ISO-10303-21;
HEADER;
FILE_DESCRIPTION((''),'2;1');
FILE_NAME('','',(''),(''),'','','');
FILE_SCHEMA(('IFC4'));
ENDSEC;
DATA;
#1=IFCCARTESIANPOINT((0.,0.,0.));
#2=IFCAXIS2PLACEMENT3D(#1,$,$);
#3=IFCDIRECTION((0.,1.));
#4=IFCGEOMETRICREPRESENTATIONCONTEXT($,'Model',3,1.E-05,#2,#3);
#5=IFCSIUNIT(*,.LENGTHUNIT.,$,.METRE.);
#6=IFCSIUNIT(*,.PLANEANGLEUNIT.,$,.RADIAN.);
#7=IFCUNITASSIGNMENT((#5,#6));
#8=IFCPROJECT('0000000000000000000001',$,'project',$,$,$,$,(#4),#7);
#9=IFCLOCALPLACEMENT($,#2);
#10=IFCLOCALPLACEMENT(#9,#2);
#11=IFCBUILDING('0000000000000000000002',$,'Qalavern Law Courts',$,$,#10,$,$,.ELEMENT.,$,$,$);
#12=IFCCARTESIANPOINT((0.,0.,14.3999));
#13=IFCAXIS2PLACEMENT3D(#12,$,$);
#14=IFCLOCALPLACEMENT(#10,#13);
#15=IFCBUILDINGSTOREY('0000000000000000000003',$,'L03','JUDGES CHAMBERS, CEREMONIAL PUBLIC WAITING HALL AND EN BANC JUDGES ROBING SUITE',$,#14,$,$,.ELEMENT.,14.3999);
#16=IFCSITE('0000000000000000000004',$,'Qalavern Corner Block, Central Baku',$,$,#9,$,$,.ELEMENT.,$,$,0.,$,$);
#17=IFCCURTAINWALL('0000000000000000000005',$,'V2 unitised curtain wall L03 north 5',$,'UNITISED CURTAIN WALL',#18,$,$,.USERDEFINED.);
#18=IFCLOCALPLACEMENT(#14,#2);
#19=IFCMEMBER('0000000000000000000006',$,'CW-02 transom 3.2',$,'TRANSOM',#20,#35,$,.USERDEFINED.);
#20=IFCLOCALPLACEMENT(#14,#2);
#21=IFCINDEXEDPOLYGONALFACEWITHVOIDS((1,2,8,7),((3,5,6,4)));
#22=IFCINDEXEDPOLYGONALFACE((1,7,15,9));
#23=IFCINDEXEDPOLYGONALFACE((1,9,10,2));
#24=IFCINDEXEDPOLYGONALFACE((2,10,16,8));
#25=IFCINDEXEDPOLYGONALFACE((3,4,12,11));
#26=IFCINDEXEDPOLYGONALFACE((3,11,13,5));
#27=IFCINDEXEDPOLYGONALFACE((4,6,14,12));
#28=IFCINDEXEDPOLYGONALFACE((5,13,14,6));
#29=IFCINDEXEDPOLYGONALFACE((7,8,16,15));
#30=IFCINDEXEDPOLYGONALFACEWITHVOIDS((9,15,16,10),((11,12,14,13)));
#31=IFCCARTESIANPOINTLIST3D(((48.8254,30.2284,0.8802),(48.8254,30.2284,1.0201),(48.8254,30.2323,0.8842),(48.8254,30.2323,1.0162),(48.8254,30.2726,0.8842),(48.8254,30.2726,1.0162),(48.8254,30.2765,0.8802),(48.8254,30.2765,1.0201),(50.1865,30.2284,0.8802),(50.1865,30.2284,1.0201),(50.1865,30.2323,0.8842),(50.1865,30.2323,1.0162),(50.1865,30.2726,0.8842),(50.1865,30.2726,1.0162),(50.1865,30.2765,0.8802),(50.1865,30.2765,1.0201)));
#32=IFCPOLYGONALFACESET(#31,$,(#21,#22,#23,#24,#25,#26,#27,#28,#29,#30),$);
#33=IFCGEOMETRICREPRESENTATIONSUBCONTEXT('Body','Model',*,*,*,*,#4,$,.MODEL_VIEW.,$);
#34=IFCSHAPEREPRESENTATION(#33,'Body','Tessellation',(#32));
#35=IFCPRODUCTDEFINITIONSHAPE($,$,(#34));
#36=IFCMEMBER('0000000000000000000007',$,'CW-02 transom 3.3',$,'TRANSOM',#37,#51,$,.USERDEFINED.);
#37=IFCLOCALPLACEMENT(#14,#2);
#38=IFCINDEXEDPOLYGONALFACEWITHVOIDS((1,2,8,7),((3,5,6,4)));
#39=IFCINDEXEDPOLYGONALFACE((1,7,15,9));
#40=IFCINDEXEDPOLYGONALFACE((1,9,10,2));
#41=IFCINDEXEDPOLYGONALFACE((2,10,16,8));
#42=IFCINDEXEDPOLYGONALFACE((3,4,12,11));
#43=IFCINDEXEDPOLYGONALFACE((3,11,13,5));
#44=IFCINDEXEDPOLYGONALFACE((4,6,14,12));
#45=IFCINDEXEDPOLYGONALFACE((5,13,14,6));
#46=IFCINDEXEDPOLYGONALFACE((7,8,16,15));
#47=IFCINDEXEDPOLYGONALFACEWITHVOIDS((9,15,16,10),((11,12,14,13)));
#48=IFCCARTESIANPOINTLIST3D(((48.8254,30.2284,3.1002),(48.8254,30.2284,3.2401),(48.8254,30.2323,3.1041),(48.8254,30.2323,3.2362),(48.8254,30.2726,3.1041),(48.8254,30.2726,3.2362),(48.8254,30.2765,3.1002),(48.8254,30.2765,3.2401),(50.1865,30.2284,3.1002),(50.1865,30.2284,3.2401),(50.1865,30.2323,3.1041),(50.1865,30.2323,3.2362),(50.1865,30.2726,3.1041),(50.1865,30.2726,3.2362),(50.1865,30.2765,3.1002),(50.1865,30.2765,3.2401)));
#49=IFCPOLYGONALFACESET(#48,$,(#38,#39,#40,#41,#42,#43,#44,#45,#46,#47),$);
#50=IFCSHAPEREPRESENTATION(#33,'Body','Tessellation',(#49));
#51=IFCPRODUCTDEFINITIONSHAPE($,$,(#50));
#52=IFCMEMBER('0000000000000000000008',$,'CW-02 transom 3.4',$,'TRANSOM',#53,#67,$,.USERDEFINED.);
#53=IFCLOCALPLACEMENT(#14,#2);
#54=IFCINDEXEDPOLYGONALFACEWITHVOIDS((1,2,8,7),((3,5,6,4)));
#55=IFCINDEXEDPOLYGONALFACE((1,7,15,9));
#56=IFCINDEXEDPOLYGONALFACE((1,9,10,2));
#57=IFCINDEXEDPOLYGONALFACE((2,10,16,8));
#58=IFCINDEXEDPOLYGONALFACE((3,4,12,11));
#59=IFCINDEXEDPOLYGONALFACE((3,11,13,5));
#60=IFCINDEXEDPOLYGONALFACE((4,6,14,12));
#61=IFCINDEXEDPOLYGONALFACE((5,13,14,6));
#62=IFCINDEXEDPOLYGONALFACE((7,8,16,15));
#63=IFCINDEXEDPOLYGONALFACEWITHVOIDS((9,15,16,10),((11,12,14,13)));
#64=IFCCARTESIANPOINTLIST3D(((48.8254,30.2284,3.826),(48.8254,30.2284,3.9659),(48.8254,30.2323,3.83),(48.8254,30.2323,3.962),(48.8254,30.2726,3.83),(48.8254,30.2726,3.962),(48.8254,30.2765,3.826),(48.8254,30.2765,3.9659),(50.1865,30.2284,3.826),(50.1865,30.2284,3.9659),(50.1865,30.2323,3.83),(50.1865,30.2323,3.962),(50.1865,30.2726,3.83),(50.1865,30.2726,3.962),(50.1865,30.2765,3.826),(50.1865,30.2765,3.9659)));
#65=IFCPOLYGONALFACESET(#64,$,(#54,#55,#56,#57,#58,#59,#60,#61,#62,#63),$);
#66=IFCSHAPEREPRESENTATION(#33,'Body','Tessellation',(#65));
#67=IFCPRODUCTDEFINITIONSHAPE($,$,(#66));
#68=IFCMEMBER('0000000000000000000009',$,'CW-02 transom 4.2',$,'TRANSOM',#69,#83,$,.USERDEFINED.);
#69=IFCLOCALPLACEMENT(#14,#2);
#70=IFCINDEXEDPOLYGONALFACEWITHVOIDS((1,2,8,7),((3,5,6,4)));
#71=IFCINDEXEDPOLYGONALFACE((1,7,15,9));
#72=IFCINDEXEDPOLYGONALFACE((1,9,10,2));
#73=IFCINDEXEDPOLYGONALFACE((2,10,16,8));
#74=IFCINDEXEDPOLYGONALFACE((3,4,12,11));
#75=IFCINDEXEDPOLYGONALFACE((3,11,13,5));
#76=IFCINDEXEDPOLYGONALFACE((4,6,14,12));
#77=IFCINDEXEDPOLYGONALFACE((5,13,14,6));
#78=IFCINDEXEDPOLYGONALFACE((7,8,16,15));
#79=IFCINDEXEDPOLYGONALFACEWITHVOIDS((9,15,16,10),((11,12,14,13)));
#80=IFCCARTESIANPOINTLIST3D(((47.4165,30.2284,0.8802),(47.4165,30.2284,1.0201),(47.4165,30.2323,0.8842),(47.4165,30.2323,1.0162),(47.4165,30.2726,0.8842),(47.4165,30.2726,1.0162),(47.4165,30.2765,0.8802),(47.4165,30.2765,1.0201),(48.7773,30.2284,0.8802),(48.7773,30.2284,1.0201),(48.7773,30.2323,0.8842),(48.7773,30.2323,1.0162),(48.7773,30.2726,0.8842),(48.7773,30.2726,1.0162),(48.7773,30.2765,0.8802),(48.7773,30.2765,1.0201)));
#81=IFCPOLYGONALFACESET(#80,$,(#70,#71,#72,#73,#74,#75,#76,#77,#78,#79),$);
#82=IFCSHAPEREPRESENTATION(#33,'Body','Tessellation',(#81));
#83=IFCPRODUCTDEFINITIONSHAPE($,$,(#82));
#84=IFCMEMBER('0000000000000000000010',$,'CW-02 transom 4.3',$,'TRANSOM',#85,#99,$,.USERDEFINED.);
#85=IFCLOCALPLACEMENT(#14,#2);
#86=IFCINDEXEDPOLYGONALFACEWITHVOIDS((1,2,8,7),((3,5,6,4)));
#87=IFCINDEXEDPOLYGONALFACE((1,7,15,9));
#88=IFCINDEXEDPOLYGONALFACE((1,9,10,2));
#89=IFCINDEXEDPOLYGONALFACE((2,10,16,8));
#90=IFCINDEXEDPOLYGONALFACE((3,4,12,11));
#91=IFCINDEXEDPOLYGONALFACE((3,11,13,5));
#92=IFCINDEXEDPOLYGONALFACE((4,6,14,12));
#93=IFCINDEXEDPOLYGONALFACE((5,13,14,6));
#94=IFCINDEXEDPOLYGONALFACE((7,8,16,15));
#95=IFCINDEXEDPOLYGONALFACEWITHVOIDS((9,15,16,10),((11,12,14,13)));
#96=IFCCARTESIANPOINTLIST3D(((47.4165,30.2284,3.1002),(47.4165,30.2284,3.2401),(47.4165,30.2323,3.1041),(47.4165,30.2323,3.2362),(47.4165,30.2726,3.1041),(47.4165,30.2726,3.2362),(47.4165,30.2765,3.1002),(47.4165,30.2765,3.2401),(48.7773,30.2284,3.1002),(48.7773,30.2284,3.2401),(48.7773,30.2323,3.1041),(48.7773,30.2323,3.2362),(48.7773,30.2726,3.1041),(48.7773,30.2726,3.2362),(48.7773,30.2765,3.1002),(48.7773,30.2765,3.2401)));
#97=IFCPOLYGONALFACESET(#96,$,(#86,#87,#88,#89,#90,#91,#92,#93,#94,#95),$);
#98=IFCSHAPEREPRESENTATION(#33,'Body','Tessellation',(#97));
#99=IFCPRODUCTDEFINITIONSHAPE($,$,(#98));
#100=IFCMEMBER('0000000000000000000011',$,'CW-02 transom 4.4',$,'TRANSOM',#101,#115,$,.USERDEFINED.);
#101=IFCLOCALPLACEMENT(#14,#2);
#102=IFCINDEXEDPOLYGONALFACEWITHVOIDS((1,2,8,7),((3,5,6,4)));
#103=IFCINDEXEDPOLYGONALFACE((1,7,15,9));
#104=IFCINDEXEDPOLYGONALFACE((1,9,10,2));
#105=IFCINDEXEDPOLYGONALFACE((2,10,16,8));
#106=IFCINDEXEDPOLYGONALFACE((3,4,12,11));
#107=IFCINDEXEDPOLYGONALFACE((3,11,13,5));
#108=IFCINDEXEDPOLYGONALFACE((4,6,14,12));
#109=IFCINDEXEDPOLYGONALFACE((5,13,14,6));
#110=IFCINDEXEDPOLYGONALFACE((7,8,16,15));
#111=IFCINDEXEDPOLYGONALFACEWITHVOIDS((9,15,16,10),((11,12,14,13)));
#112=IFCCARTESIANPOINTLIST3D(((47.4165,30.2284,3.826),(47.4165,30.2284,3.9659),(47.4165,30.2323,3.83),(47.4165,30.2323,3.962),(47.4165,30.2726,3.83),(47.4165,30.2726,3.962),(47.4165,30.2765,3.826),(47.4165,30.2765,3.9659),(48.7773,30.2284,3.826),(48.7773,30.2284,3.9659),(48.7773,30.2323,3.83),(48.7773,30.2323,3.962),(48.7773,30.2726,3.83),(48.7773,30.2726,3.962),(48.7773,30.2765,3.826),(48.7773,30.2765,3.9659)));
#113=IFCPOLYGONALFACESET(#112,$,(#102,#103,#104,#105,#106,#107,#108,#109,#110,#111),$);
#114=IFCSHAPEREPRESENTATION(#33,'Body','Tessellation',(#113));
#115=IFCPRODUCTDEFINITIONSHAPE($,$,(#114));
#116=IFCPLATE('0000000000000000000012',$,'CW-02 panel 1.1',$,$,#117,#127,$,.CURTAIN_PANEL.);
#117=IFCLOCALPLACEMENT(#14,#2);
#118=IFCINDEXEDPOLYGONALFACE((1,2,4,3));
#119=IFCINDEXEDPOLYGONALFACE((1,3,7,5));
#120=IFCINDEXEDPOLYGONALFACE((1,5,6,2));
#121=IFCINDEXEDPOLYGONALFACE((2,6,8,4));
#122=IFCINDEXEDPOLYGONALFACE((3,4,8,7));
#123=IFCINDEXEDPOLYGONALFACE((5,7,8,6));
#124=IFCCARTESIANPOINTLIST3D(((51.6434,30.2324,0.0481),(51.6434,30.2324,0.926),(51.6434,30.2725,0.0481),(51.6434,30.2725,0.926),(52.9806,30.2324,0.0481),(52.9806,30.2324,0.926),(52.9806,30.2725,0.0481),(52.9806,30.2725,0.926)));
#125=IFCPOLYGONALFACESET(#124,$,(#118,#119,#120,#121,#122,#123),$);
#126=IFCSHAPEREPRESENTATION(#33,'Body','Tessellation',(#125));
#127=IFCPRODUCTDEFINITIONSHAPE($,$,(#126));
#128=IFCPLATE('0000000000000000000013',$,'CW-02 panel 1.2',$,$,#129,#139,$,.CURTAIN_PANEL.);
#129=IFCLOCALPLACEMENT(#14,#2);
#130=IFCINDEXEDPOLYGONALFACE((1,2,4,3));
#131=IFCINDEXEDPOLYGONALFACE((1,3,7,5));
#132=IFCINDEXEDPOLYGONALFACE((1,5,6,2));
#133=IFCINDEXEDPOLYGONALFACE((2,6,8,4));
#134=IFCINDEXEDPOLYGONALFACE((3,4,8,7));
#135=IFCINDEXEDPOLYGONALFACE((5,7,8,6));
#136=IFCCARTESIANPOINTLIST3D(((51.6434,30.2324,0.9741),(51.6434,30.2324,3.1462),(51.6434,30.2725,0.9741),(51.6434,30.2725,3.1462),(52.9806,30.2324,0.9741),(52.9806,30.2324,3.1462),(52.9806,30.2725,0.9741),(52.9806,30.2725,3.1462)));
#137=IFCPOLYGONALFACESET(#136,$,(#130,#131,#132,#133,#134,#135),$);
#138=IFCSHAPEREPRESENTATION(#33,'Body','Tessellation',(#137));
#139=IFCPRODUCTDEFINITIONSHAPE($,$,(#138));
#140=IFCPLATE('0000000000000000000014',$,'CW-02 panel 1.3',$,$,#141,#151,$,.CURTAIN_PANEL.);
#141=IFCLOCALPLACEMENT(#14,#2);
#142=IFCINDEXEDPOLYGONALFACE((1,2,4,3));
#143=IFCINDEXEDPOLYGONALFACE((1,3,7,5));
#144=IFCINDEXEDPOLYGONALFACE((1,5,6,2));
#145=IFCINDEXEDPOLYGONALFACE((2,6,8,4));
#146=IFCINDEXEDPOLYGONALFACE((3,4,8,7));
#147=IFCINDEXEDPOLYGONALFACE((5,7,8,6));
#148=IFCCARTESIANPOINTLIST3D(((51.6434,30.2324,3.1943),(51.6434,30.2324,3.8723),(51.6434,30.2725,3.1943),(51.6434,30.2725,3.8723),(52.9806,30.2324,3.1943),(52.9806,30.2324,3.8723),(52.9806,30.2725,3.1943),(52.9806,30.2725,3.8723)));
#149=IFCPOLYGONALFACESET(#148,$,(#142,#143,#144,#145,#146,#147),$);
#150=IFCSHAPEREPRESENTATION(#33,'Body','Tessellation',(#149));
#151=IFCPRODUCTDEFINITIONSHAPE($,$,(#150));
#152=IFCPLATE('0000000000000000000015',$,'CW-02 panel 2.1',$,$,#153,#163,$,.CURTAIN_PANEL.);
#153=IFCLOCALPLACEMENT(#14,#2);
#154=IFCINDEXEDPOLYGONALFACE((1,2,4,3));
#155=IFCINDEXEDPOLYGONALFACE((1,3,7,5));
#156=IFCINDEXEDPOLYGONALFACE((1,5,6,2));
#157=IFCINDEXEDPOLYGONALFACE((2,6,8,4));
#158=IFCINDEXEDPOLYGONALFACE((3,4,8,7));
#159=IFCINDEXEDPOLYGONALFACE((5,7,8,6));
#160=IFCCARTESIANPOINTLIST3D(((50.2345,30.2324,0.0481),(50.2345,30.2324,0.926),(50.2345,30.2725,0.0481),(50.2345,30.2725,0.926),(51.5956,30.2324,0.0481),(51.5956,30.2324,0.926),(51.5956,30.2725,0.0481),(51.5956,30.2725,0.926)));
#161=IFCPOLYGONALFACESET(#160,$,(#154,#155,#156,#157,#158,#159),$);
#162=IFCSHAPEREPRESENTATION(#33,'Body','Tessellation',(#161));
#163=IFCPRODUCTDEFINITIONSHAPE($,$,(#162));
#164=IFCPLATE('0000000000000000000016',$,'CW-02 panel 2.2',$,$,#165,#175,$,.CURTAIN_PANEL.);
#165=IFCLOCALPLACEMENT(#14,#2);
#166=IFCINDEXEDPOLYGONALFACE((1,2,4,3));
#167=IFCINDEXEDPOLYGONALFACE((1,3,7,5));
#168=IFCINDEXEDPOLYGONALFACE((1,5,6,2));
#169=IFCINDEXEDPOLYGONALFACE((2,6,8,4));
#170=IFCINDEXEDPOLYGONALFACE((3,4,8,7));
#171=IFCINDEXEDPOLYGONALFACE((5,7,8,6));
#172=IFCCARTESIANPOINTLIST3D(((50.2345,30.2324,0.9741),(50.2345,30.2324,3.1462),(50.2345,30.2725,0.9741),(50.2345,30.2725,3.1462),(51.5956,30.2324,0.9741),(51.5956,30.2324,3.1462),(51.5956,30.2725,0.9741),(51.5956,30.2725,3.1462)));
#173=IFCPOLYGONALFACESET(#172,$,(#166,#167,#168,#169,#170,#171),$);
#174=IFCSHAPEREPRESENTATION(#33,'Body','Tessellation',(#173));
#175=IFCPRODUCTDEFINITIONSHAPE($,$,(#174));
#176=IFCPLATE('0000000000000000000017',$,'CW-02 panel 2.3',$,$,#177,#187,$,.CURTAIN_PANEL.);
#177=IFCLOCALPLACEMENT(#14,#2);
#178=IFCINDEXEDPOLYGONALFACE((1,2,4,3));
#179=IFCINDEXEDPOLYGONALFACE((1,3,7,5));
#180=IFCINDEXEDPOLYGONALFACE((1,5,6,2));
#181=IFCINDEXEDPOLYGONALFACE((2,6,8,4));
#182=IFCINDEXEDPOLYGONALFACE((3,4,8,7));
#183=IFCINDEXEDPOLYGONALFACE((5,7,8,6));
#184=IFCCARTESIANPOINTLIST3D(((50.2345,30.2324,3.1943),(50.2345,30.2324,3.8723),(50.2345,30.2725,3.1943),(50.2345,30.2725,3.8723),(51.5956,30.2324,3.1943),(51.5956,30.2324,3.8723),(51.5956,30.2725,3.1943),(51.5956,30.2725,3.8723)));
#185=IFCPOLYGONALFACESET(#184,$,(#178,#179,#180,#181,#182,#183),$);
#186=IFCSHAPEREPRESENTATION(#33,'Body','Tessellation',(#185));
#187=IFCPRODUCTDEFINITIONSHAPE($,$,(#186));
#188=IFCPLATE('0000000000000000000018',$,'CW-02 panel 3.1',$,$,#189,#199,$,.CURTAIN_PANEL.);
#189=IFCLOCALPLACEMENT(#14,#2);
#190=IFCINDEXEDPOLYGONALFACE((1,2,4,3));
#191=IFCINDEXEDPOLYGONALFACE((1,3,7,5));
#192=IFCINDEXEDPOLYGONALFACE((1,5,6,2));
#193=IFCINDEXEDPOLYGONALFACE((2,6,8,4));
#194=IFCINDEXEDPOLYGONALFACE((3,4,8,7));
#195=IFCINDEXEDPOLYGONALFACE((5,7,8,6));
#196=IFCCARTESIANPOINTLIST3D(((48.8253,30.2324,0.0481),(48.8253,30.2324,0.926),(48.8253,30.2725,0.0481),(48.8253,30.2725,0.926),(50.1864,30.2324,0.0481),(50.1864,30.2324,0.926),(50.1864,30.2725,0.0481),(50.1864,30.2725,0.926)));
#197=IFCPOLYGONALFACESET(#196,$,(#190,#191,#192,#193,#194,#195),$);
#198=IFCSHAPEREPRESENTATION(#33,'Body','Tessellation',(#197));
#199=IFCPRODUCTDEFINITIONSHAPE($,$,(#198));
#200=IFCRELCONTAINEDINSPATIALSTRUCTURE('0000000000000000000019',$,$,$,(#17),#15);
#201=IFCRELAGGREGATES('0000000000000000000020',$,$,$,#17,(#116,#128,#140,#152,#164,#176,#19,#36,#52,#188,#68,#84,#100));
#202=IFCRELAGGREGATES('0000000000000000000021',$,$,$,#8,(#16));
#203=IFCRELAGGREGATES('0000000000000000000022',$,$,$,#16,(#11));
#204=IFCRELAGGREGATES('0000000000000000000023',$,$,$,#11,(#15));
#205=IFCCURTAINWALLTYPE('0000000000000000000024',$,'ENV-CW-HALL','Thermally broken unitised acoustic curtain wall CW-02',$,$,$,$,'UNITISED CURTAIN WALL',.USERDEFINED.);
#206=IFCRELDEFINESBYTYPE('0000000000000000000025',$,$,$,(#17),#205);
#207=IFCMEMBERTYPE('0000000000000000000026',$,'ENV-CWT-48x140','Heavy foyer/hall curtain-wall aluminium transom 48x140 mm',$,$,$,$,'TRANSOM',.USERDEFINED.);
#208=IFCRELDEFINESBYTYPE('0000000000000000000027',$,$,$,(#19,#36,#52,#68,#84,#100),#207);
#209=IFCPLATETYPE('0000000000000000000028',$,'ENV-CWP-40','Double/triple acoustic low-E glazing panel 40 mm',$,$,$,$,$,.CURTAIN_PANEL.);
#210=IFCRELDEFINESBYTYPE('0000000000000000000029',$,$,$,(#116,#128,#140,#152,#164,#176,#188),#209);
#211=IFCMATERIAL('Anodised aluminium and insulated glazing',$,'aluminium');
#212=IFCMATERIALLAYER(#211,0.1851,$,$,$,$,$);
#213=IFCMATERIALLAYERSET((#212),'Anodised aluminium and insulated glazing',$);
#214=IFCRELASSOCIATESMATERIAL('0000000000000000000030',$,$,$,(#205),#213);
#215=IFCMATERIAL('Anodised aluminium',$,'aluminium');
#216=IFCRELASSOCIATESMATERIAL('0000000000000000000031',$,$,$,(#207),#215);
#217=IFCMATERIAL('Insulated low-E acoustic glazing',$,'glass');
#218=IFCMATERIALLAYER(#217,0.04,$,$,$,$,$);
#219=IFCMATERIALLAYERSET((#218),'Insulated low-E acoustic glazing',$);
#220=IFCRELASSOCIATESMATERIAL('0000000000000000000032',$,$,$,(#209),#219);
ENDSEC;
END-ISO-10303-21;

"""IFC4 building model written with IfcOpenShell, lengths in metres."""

from ifc_helpers import new_model, si_unit, direction, frame, origin, origin_2d, place, context, subcontext, project, spatial, rectangle, hollow_rectangle, extrude, material, layer, layer_set, material_profile, profile_set, type_object, element, aggregate, save


model = new_model("IFC4")

# Units and contexts
model_context = context("Model", 3, precision=1e-05, world=origin(), true_north=direction((0.0, 1.0)))
body_context = subcontext(model_context, "Body", "Model", "MODEL_VIEW")
ifc_project = project(units=[si_unit("LENGTHUNIT", "METRE"), si_unit("PLANEANGLEUNIT", "RADIAN")], contexts=[model_context])

# Site, building, storey
site_placement = place(None, origin())
site = spatial("IfcSite", under=ifc_project, at=site_placement, Name="Qalavern Corner Block, Central Baku", CompositionType="ELEMENT", RefElevation=0.0)
building_placement = place(site_placement, origin())
building = spatial("IfcBuilding", under=site, at=building_placement, Name="Qalavern Law Courts", CompositionType="ELEMENT")
storey_placement = place(building_placement, frame((0.0, 0.0, 14.3999)))
storey = spatial("IfcBuildingStorey", under=building, at=storey_placement, Name="L03", Description="JUDGES CHAMBERS, CEREMONIAL PUBLIC WAITING HALL AND EN BANC JUDGES ROBING SUITE", CompositionType="ELEMENT", Elevation=14.3999)

# Curtain wall, members, plates
ifc_material_1 = material(Name="Anodised aluminium and insulated glazing", Category="aluminium")
ifc_layer_1 = layer(ifc_material_1, 0.1851)
ifc_layer_set_1 = layer_set([ifc_layer_1], Name="Anodised aluminium and insulated glazing")
curtain_wall_type = type_object("IfcCurtainWallType", Name="ENV-CW-HALL", Description="Thermally broken unitised acoustic curtain wall CW-02", ElementType="UNITISED CURTAIN WALL", PredefinedType="USERDEFINED", material=ifc_layer_set_1)
curtain_wall_placement = place(storey_placement, origin())
curtain_wall = element("IfcCurtainWall", 1, at=curtain_wall_placement, inside=storey, type_object=curtain_wall_type, Name="V2 unitised curtain wall L03 north 5", ObjectType="UNITISED CURTAIN WALL", PredefinedType="USERDEFINED")
ifc_material_2 = material(Name="Anodised aluminium", Category="aluminium")
ifc_material_profile_1 = material_profile(ifc_material_2, hollow_rectangle(XDim=0.0481, YDim=0.1399, WallThickness=0.0039, at=origin_2d()), Name="ALU TRANSOM 48x140")
ifc_profile_set_1 = profile_set([ifc_material_profile_1], Name="Anodised aluminium")
member_type_1 = type_object("IfcMemberType", Name="ENV-CWT-48x140", Description="Heavy foyer/hall curtain-wall aluminium transom 48x140 mm", ElementType="TRANSOM", PredefinedType="USERDEFINED", material=ifc_profile_set_1)
member_1_placement = place(storey_placement, frame((50.1865, 30.2524, 0.9502), z_axis=(-1.0, 0.0, 0.0), x_axis=(0.0, -1.0, 0.0)))
member_1 = element("IfcMember", 2, at=member_1_placement, type_object=member_type_1, Name="CW-02 transom 3.2", ObjectType="TRANSOM", PredefinedType="USERDEFINED", context=body_context, shape_type="SweptSolid", body=[
    extrude(hollow_rectangle(XDim=0.0481, YDim=0.1399, WallThickness=0.0039, at=origin_2d()), origin(), (0.0, 0.0, 1.0), 1.3611),
])
member_2_placement = place(storey_placement, frame((50.1865, 30.2524, 3.1702), z_axis=(-1.0, 0.0, 0.0), x_axis=(0.0, -1.0, 0.0)))
member_2 = element("IfcMember", 3, at=member_2_placement, type_object=member_type_1, Name="CW-02 transom 3.3", ObjectType="TRANSOM", PredefinedType="USERDEFINED", context=body_context, shape_type="SweptSolid", body=[
    extrude(hollow_rectangle(XDim=0.0481, YDim=0.1399, WallThickness=0.0039, at=origin_2d()), origin(), (0.0, 0.0, 1.0), 1.3611),
])
member_3_placement = place(storey_placement, frame((50.1865, 30.2524, 3.896), z_axis=(-1.0, 0.0, 0.0), x_axis=(0.0, -1.0, 0.0)))
member_3 = element("IfcMember", 4, at=member_3_placement, type_object=member_type_1, Name="CW-02 transom 3.4", ObjectType="TRANSOM", PredefinedType="USERDEFINED", context=body_context, shape_type="SweptSolid", body=[
    extrude(hollow_rectangle(XDim=0.0481, YDim=0.1399, WallThickness=0.0039, at=origin_2d()), origin(), (0.0, 0.0, 1.0), 1.3611),
])
member_4_placement = place(storey_placement, frame((48.7773, 30.2524, 0.9502), z_axis=(-1.0, 0.0, 0.0), x_axis=(0.0, -1.0, 0.0)))
member_4 = element("IfcMember", 5, at=member_4_placement, type_object=member_type_1, Name="CW-02 transom 4.2", ObjectType="TRANSOM", PredefinedType="USERDEFINED", context=body_context, shape_type="SweptSolid", body=[
    extrude(hollow_rectangle(XDim=0.0481, YDim=0.1399, WallThickness=0.0039, at=origin_2d()), origin(), (0.0, 0.0, 1.0), 1.3608),
])
member_5_placement = place(storey_placement, frame((48.7773, 30.2524, 3.1702), z_axis=(-1.0, 0.0, 0.0), x_axis=(0.0, -1.0, 0.0)))
member_5 = element("IfcMember", 6, at=member_5_placement, type_object=member_type_1, Name="CW-02 transom 4.3", ObjectType="TRANSOM", PredefinedType="USERDEFINED", context=body_context, shape_type="SweptSolid", body=[
    extrude(hollow_rectangle(XDim=0.0481, YDim=0.1399, WallThickness=0.0039, at=origin_2d()), origin(), (0.0, 0.0, 1.0), 1.3608),
])
member_6_placement = place(storey_placement, frame((48.7773, 30.2524, 3.896), z_axis=(-1.0, 0.0, 0.0), x_axis=(0.0, -1.0, 0.0)))
member_6 = element("IfcMember", 7, at=member_6_placement, type_object=member_type_1, Name="CW-02 transom 4.4", ObjectType="TRANSOM", PredefinedType="USERDEFINED", context=body_context, shape_type="SweptSolid", body=[
    extrude(hollow_rectangle(XDim=0.0481, YDim=0.1399, WallThickness=0.0039, at=origin_2d()), origin(), (0.0, 0.0, 1.0), 1.3608),
])
ifc_material_3 = material(Name="Insulated low-E acoustic glazing", Category="glass")
ifc_layer_2 = layer(ifc_material_3, 0.04)
ifc_layer_set_2 = layer_set([ifc_layer_2], Name="Insulated low-E acoustic glazing")
plate_type = type_object("IfcPlateType", Name="ENV-CWP-40", Description="Double/triple acoustic low-E glazing panel 40 mm", PredefinedType="CURTAIN_PANEL", material=ifc_layer_set_2)
plate_1_placement = place(storey_placement, frame((52.312, 30.2524, 0.0481), z_axis=(0.0, 0.0, 1.0), x_axis=(-1.0, 0.0, 0.0)))
plate_1 = element("IfcPlate", 8, at=plate_1_placement, type_object=plate_type, Name="CW-02 panel 1.1", PredefinedType="CURTAIN_PANEL", context=body_context, shape_type="SweptSolid", body=[
    extrude(rectangle(XDim=1.3372, YDim=0.04, at=origin_2d()), origin(), (0.0, 0.0, 1.0), 0.8779),
])
plate_2_placement = place(storey_placement, frame((52.312, 30.2524, 0.9741), z_axis=(0.0, 0.0, 1.0), x_axis=(-1.0, 0.0, 0.0)))
plate_2 = element("IfcPlate", 9, at=plate_2_placement, type_object=plate_type, Name="CW-02 panel 1.2", PredefinedType="CURTAIN_PANEL", context=body_context, shape_type="SweptSolid", body=[
    extrude(rectangle(XDim=1.3372, YDim=0.04, at=origin_2d()), origin(), (0.0, 0.0, 1.0), 2.1721),
])
plate_3_placement = place(storey_placement, frame((52.312, 30.2524, 3.1943), z_axis=(0.0, 0.0, 1.0), x_axis=(-1.0, 0.0, 0.0)))
plate_3 = element("IfcPlate", 10, at=plate_3_placement, type_object=plate_type, Name="CW-02 panel 1.3", PredefinedType="CURTAIN_PANEL", context=body_context, shape_type="SweptSolid", body=[
    extrude(rectangle(XDim=1.3372, YDim=0.04, at=origin_2d()), origin(), (0.0, 0.0, 1.0), 0.678),
])
plate_4_placement = place(storey_placement, frame((50.915, 30.2524, 0.0481), z_axis=(0.0, 0.0, 1.0), x_axis=(-1.0, 0.0, 0.0)))
plate_4 = element("IfcPlate", 11, at=plate_4_placement, type_object=plate_type, Name="CW-02 panel 2.1", PredefinedType="CURTAIN_PANEL", context=body_context, shape_type="SweptSolid", body=[
    extrude(rectangle(XDim=1.3611, YDim=0.04, at=origin_2d()), origin(), (0.0, 0.0, 1.0), 0.8779),
])
plate_5_placement = place(storey_placement, frame((50.915, 30.2524, 0.9741), z_axis=(0.0, 0.0, 1.0), x_axis=(-1.0, 0.0, 0.0)))
plate_5 = element("IfcPlate", 12, at=plate_5_placement, type_object=plate_type, Name="CW-02 panel 2.2", PredefinedType="CURTAIN_PANEL", context=body_context, shape_type="SweptSolid", body=[
    extrude(rectangle(XDim=1.3611, YDim=0.04, at=origin_2d()), origin(), (0.0, 0.0, 1.0), 2.1721),
])
plate_6_placement = place(storey_placement, frame((50.915, 30.2524, 3.1943), z_axis=(0.0, 0.0, 1.0), x_axis=(-1.0, 0.0, 0.0)))
plate_6 = element("IfcPlate", 13, at=plate_6_placement, type_object=plate_type, Name="CW-02 panel 2.3", PredefinedType="CURTAIN_PANEL", context=body_context, shape_type="SweptSolid", body=[
    extrude(rectangle(XDim=1.3611, YDim=0.04, at=origin_2d()), origin(), (0.0, 0.0, 1.0), 0.678),
])
plate_7_placement = place(storey_placement, frame((49.5059, 30.2524, 0.0481), z_axis=(0.0, 0.0, 1.0), x_axis=(-1.0, 0.0, 0.0)))
plate_7 = element("IfcPlate", 14, at=plate_7_placement, type_object=plate_type, Name="CW-02 panel 3.1", PredefinedType="CURTAIN_PANEL", context=body_context, shape_type="SweptSolid", body=[
    extrude(rectangle(XDim=1.3611, YDim=0.04, at=origin_2d()), origin(), (0.0, 0.0, 1.0), 0.8779),
])
aggregate(curtain_wall, [plate_1, plate_2, plate_3, plate_4, plate_5, plate_6, member_1, member_2, member_3, plate_7, member_4, member_5, member_6])

save(model, "model.ifc")
